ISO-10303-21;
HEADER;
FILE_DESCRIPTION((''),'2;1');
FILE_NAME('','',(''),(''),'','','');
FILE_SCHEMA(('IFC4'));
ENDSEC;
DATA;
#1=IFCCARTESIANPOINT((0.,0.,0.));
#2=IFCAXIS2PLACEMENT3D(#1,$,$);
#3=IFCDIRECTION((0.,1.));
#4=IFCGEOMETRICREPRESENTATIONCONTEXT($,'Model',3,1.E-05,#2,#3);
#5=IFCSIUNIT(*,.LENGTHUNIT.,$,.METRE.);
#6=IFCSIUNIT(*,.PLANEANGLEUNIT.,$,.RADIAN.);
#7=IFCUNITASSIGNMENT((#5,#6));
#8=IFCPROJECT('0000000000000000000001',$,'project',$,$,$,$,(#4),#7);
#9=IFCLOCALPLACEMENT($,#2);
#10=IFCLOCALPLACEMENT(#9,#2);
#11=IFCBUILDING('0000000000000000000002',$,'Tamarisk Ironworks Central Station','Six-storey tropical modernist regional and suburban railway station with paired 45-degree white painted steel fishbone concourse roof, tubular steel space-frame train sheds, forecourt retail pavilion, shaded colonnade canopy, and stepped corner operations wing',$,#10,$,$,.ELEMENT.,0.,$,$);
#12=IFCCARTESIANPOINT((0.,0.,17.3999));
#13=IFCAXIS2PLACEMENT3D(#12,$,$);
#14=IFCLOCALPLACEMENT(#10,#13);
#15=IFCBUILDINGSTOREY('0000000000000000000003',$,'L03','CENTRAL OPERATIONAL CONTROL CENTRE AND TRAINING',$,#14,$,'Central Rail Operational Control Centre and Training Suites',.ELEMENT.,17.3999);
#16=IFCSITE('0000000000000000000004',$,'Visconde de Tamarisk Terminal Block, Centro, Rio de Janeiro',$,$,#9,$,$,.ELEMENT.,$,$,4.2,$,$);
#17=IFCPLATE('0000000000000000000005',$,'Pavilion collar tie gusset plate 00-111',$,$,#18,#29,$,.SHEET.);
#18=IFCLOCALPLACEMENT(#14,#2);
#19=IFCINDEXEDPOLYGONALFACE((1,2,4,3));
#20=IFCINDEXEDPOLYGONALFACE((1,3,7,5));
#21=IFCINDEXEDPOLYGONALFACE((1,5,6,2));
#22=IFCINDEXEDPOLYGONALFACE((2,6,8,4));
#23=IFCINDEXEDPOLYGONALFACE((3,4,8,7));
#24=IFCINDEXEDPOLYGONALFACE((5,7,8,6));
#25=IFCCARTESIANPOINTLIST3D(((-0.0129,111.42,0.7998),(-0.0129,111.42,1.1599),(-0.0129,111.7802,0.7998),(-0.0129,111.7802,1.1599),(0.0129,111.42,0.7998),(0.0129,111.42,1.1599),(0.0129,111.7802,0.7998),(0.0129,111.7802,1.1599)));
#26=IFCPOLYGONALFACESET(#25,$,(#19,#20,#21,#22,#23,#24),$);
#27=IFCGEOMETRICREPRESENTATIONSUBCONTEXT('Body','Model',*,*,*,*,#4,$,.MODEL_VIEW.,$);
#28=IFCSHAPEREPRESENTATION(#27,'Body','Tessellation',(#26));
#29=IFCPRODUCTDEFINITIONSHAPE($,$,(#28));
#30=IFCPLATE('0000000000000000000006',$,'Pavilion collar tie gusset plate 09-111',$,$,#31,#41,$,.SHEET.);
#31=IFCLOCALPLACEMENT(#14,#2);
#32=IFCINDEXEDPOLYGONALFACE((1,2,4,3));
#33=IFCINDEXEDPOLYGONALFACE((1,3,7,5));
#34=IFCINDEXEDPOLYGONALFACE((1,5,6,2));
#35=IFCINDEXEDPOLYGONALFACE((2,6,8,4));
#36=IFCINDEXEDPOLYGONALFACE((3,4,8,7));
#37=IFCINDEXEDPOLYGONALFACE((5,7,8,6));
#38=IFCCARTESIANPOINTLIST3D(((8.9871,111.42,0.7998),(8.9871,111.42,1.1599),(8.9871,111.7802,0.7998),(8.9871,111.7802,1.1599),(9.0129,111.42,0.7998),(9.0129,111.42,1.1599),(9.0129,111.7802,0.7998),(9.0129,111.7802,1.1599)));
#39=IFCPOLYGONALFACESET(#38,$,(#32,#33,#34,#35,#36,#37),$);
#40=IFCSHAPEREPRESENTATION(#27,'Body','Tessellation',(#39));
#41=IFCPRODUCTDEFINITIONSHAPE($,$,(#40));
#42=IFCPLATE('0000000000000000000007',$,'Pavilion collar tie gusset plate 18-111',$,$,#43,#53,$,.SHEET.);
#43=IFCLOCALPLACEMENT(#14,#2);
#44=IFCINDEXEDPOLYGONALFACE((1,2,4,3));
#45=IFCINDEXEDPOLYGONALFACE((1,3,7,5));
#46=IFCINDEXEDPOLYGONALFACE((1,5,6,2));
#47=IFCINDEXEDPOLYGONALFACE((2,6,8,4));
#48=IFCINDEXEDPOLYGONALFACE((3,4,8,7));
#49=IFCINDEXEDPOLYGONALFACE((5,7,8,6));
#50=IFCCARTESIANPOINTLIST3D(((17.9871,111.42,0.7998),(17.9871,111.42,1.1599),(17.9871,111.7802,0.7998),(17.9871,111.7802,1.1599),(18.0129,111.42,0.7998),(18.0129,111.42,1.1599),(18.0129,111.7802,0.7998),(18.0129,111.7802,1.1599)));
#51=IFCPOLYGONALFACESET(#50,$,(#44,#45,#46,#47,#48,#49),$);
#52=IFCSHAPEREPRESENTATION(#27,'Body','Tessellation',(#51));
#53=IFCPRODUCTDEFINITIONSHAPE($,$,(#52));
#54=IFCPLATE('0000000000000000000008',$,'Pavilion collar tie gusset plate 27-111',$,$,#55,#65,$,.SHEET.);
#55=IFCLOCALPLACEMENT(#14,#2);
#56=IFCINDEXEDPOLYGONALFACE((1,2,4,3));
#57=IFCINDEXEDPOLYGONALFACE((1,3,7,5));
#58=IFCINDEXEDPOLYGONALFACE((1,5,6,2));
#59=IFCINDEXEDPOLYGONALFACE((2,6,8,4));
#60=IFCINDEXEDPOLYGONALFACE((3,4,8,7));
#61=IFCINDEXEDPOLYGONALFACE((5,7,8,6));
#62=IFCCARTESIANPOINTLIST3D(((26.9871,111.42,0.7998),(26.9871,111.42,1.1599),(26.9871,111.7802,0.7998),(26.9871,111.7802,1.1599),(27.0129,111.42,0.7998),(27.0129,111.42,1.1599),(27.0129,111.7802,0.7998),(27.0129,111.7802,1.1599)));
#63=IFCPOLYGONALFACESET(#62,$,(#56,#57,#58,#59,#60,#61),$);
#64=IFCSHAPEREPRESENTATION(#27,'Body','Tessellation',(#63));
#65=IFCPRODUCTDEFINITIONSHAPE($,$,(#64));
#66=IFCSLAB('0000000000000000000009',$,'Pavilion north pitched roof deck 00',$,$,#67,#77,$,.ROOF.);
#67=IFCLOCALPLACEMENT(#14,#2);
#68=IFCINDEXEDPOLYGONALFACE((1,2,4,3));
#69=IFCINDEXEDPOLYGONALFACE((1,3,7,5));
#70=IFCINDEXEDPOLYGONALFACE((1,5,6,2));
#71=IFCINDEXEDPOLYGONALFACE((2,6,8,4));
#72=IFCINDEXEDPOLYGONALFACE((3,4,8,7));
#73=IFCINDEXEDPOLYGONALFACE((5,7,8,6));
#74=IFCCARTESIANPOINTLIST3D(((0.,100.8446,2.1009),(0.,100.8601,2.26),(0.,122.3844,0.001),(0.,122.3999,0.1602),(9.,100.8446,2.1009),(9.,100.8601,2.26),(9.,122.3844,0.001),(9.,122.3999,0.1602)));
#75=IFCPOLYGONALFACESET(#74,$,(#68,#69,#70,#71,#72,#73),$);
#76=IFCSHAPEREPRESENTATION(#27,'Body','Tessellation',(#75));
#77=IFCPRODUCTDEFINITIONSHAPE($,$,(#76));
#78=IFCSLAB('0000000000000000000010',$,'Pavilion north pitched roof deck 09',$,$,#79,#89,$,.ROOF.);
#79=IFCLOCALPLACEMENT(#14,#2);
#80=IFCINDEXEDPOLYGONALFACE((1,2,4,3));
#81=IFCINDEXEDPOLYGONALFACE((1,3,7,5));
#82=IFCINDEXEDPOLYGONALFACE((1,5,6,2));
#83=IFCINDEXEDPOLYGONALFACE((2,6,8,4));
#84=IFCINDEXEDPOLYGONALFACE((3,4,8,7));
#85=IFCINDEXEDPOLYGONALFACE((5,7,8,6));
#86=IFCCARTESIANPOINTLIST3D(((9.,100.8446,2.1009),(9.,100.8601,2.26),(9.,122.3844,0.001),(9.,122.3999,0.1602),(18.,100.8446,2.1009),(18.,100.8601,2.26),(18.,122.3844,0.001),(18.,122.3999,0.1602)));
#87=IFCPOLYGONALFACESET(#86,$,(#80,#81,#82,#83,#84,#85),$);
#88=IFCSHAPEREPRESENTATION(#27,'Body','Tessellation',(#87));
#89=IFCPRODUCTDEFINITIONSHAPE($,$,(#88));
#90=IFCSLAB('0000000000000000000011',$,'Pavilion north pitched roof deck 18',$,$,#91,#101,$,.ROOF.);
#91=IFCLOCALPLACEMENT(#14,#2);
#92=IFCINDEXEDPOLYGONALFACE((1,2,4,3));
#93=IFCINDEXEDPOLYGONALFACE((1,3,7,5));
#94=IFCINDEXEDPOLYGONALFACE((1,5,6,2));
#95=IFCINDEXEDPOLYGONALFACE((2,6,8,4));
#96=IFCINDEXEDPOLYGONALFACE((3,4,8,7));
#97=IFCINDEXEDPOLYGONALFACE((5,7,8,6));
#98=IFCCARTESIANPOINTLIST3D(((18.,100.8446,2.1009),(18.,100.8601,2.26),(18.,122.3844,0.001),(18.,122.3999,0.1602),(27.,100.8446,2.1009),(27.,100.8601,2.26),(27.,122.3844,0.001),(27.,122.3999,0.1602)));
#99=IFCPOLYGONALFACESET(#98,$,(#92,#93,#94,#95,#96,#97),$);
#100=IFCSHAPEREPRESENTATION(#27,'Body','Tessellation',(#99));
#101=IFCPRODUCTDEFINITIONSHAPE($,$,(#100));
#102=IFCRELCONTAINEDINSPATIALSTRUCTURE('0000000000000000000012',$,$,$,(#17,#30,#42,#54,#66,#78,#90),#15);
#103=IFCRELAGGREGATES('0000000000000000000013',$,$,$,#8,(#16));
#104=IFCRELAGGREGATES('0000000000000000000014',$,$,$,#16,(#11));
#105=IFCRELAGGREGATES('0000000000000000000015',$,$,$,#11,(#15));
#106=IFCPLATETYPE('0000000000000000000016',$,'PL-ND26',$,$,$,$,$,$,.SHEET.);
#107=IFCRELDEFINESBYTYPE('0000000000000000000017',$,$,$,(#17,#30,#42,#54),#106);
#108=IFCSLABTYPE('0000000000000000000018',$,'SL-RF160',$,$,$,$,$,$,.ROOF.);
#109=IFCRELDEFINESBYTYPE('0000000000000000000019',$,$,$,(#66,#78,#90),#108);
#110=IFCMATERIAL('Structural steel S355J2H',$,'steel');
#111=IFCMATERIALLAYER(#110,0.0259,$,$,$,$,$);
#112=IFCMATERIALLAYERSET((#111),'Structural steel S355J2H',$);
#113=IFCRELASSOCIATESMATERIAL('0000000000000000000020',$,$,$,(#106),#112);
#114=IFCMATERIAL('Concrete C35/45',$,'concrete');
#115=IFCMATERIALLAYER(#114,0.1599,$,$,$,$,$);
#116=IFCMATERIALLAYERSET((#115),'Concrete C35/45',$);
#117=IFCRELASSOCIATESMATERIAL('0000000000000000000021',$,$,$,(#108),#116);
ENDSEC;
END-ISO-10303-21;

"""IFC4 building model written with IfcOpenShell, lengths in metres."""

from ifc_helpers import new_model, si_unit, direction, frame, origin, origin_2d, place, context, subcontext, project, spatial, polyline, rectangle, outline, extrude, material, layer, layer_set, type_object, element, save


model = new_model("IFC4")

# Units and contexts
model_context = context("Model", 3, precision=1e-05, world=origin(), true_north=direction((0.0, 1.0)))
body_context = subcontext(model_context, "Body", "Model", "MODEL_VIEW")
ifc_project = project(units=[si_unit("LENGTHUNIT", "METRE"), si_unit("PLANEANGLEUNIT", "RADIAN")], contexts=[model_context])

# Site, building, storey
site_placement = place(None, origin())
site = spatial("IfcSite", under=ifc_project, at=site_placement, Name="Visconde de Tamarisk Terminal Block, Centro, Rio de Janeiro", CompositionType="ELEMENT", RefElevation=4.2)
building_placement = place(site_placement, origin())
building = spatial("IfcBuilding", under=site, at=building_placement, Name="Tamarisk Ironworks Central Station", Description="Six-storey tropical modernist regional and suburban railway station with paired 45-degree white painted steel fishbone concourse roof, tubular steel space-frame train sheds, forecourt retail pavilion, shaded colonnade canopy, and stepped corner operations wing", CompositionType="ELEMENT", ElevationOfRefHeight=0.0)
storey_placement = place(building_placement, frame((0.0, 0.0, 17.3999)))
storey = spatial("IfcBuildingStorey", under=building, at=storey_placement, Name="L03", Description="CENTRAL OPERATIONAL CONTROL CENTRE AND TRAINING", LongName="Central Rail Operational Control Centre and Training Suites", CompositionType="ELEMENT", Elevation=17.3999)

# Shared definitions
ifc_material_1 = material(Name="Structural steel S355J2H", Category="steel")

# Plates
ifc_layer_1 = layer(ifc_material_1, 0.0259)
ifc_layer_set_1 = layer_set([ifc_layer_1], Name="Structural steel S355J2H")
plate_type_1 = type_object("IfcPlateType", Name="PL-ND26", PredefinedType="SHEET", material=ifc_layer_set_1)
for number, where, z_axis, x_axis, name in (
    (1, (0.0, 111.6001, 0.7998), (0.0, 0.0, 1.0), (1.0, 0.0, 0.0), "Pavilion collar tie gusset plate 00-111"),
    (2, (9.0, 111.6001, 0.7998), (0.0, 0.0, 1.0), (1.0, 0.0, 0.0), "Pavilion collar tie gusset plate 09-111"),
    (3, (18.0, 111.6001, 0.7998), (0.0, 0.0, 1.0), (1.0, 0.0, 0.0), "Pavilion collar tie gusset plate 18-111"),
    (4, (27.0, 111.6001, 0.7998), (0.0, 0.0, 1.0), (1.0, 0.0, 0.0), "Pavilion collar tie gusset plate 27-111"),
):
    element("IfcPlate", number, at=place(storey_placement, frame(where, z_axis=z_axis, x_axis=x_axis)), inside=storey, type_object=plate_type_1, Name=name, PredefinedType="SHEET", context=body_context, shape_type="SweptSolid", body=[
        extrude(rectangle(XDim=0.0259, YDim=0.3601, at=origin_2d()), origin(), (0.0, 0.0, 1.0), 0.3601),
    ])

# Slabs
ifc_material_2 = material(Name="Concrete C35/45", Category="concrete")
ifc_layer_2 = layer(ifc_material_2, 0.1599)
ifc_layer_set_2 = layer_set([ifc_layer_2], Name="Concrete C35/45")
slab_type = type_object("IfcSlabType", Name="SL-RF160", PredefinedType="ROOF", material=ifc_layer_set_2)
for number, where, z_axis, x_axis, name in (
    (5, (9.0, 122.3999, 0.1602), (0.0, 0.097027, 0.995282), (-1.0, 0.0, 0.0), "Pavilion north pitched roof deck 00"),
    (6, (18.0, 122.3999, 0.1602), (0.0, 0.097027, 0.995282), (-1.0, 0.0, 0.0), "Pavilion north pitched roof deck 09"),
    (7, (27.0, 122.3999, 0.1602), (0.0, 0.097027, 0.995282), (-1.0, 0.0, 0.0), "Pavilion north pitched roof deck 18"),
):
    element("IfcSlab", number, at=place(storey_placement, frame(where, z_axis=z_axis, x_axis=x_axis)), inside=storey, type_object=slab_type, Name=name, PredefinedType="ROOF", context=body_context, shape_type="SweptSolid", body=[
        extrude(outline(polyline([(0.0, 0.0), (9.0, 0.0), (9.0, 21.6419), (0.0, 21.6419), (0.0, 0.0)])), origin(), (0.0, 0.0, -1.0), 0.1599),
    ])

save(model, "model.ifc")
